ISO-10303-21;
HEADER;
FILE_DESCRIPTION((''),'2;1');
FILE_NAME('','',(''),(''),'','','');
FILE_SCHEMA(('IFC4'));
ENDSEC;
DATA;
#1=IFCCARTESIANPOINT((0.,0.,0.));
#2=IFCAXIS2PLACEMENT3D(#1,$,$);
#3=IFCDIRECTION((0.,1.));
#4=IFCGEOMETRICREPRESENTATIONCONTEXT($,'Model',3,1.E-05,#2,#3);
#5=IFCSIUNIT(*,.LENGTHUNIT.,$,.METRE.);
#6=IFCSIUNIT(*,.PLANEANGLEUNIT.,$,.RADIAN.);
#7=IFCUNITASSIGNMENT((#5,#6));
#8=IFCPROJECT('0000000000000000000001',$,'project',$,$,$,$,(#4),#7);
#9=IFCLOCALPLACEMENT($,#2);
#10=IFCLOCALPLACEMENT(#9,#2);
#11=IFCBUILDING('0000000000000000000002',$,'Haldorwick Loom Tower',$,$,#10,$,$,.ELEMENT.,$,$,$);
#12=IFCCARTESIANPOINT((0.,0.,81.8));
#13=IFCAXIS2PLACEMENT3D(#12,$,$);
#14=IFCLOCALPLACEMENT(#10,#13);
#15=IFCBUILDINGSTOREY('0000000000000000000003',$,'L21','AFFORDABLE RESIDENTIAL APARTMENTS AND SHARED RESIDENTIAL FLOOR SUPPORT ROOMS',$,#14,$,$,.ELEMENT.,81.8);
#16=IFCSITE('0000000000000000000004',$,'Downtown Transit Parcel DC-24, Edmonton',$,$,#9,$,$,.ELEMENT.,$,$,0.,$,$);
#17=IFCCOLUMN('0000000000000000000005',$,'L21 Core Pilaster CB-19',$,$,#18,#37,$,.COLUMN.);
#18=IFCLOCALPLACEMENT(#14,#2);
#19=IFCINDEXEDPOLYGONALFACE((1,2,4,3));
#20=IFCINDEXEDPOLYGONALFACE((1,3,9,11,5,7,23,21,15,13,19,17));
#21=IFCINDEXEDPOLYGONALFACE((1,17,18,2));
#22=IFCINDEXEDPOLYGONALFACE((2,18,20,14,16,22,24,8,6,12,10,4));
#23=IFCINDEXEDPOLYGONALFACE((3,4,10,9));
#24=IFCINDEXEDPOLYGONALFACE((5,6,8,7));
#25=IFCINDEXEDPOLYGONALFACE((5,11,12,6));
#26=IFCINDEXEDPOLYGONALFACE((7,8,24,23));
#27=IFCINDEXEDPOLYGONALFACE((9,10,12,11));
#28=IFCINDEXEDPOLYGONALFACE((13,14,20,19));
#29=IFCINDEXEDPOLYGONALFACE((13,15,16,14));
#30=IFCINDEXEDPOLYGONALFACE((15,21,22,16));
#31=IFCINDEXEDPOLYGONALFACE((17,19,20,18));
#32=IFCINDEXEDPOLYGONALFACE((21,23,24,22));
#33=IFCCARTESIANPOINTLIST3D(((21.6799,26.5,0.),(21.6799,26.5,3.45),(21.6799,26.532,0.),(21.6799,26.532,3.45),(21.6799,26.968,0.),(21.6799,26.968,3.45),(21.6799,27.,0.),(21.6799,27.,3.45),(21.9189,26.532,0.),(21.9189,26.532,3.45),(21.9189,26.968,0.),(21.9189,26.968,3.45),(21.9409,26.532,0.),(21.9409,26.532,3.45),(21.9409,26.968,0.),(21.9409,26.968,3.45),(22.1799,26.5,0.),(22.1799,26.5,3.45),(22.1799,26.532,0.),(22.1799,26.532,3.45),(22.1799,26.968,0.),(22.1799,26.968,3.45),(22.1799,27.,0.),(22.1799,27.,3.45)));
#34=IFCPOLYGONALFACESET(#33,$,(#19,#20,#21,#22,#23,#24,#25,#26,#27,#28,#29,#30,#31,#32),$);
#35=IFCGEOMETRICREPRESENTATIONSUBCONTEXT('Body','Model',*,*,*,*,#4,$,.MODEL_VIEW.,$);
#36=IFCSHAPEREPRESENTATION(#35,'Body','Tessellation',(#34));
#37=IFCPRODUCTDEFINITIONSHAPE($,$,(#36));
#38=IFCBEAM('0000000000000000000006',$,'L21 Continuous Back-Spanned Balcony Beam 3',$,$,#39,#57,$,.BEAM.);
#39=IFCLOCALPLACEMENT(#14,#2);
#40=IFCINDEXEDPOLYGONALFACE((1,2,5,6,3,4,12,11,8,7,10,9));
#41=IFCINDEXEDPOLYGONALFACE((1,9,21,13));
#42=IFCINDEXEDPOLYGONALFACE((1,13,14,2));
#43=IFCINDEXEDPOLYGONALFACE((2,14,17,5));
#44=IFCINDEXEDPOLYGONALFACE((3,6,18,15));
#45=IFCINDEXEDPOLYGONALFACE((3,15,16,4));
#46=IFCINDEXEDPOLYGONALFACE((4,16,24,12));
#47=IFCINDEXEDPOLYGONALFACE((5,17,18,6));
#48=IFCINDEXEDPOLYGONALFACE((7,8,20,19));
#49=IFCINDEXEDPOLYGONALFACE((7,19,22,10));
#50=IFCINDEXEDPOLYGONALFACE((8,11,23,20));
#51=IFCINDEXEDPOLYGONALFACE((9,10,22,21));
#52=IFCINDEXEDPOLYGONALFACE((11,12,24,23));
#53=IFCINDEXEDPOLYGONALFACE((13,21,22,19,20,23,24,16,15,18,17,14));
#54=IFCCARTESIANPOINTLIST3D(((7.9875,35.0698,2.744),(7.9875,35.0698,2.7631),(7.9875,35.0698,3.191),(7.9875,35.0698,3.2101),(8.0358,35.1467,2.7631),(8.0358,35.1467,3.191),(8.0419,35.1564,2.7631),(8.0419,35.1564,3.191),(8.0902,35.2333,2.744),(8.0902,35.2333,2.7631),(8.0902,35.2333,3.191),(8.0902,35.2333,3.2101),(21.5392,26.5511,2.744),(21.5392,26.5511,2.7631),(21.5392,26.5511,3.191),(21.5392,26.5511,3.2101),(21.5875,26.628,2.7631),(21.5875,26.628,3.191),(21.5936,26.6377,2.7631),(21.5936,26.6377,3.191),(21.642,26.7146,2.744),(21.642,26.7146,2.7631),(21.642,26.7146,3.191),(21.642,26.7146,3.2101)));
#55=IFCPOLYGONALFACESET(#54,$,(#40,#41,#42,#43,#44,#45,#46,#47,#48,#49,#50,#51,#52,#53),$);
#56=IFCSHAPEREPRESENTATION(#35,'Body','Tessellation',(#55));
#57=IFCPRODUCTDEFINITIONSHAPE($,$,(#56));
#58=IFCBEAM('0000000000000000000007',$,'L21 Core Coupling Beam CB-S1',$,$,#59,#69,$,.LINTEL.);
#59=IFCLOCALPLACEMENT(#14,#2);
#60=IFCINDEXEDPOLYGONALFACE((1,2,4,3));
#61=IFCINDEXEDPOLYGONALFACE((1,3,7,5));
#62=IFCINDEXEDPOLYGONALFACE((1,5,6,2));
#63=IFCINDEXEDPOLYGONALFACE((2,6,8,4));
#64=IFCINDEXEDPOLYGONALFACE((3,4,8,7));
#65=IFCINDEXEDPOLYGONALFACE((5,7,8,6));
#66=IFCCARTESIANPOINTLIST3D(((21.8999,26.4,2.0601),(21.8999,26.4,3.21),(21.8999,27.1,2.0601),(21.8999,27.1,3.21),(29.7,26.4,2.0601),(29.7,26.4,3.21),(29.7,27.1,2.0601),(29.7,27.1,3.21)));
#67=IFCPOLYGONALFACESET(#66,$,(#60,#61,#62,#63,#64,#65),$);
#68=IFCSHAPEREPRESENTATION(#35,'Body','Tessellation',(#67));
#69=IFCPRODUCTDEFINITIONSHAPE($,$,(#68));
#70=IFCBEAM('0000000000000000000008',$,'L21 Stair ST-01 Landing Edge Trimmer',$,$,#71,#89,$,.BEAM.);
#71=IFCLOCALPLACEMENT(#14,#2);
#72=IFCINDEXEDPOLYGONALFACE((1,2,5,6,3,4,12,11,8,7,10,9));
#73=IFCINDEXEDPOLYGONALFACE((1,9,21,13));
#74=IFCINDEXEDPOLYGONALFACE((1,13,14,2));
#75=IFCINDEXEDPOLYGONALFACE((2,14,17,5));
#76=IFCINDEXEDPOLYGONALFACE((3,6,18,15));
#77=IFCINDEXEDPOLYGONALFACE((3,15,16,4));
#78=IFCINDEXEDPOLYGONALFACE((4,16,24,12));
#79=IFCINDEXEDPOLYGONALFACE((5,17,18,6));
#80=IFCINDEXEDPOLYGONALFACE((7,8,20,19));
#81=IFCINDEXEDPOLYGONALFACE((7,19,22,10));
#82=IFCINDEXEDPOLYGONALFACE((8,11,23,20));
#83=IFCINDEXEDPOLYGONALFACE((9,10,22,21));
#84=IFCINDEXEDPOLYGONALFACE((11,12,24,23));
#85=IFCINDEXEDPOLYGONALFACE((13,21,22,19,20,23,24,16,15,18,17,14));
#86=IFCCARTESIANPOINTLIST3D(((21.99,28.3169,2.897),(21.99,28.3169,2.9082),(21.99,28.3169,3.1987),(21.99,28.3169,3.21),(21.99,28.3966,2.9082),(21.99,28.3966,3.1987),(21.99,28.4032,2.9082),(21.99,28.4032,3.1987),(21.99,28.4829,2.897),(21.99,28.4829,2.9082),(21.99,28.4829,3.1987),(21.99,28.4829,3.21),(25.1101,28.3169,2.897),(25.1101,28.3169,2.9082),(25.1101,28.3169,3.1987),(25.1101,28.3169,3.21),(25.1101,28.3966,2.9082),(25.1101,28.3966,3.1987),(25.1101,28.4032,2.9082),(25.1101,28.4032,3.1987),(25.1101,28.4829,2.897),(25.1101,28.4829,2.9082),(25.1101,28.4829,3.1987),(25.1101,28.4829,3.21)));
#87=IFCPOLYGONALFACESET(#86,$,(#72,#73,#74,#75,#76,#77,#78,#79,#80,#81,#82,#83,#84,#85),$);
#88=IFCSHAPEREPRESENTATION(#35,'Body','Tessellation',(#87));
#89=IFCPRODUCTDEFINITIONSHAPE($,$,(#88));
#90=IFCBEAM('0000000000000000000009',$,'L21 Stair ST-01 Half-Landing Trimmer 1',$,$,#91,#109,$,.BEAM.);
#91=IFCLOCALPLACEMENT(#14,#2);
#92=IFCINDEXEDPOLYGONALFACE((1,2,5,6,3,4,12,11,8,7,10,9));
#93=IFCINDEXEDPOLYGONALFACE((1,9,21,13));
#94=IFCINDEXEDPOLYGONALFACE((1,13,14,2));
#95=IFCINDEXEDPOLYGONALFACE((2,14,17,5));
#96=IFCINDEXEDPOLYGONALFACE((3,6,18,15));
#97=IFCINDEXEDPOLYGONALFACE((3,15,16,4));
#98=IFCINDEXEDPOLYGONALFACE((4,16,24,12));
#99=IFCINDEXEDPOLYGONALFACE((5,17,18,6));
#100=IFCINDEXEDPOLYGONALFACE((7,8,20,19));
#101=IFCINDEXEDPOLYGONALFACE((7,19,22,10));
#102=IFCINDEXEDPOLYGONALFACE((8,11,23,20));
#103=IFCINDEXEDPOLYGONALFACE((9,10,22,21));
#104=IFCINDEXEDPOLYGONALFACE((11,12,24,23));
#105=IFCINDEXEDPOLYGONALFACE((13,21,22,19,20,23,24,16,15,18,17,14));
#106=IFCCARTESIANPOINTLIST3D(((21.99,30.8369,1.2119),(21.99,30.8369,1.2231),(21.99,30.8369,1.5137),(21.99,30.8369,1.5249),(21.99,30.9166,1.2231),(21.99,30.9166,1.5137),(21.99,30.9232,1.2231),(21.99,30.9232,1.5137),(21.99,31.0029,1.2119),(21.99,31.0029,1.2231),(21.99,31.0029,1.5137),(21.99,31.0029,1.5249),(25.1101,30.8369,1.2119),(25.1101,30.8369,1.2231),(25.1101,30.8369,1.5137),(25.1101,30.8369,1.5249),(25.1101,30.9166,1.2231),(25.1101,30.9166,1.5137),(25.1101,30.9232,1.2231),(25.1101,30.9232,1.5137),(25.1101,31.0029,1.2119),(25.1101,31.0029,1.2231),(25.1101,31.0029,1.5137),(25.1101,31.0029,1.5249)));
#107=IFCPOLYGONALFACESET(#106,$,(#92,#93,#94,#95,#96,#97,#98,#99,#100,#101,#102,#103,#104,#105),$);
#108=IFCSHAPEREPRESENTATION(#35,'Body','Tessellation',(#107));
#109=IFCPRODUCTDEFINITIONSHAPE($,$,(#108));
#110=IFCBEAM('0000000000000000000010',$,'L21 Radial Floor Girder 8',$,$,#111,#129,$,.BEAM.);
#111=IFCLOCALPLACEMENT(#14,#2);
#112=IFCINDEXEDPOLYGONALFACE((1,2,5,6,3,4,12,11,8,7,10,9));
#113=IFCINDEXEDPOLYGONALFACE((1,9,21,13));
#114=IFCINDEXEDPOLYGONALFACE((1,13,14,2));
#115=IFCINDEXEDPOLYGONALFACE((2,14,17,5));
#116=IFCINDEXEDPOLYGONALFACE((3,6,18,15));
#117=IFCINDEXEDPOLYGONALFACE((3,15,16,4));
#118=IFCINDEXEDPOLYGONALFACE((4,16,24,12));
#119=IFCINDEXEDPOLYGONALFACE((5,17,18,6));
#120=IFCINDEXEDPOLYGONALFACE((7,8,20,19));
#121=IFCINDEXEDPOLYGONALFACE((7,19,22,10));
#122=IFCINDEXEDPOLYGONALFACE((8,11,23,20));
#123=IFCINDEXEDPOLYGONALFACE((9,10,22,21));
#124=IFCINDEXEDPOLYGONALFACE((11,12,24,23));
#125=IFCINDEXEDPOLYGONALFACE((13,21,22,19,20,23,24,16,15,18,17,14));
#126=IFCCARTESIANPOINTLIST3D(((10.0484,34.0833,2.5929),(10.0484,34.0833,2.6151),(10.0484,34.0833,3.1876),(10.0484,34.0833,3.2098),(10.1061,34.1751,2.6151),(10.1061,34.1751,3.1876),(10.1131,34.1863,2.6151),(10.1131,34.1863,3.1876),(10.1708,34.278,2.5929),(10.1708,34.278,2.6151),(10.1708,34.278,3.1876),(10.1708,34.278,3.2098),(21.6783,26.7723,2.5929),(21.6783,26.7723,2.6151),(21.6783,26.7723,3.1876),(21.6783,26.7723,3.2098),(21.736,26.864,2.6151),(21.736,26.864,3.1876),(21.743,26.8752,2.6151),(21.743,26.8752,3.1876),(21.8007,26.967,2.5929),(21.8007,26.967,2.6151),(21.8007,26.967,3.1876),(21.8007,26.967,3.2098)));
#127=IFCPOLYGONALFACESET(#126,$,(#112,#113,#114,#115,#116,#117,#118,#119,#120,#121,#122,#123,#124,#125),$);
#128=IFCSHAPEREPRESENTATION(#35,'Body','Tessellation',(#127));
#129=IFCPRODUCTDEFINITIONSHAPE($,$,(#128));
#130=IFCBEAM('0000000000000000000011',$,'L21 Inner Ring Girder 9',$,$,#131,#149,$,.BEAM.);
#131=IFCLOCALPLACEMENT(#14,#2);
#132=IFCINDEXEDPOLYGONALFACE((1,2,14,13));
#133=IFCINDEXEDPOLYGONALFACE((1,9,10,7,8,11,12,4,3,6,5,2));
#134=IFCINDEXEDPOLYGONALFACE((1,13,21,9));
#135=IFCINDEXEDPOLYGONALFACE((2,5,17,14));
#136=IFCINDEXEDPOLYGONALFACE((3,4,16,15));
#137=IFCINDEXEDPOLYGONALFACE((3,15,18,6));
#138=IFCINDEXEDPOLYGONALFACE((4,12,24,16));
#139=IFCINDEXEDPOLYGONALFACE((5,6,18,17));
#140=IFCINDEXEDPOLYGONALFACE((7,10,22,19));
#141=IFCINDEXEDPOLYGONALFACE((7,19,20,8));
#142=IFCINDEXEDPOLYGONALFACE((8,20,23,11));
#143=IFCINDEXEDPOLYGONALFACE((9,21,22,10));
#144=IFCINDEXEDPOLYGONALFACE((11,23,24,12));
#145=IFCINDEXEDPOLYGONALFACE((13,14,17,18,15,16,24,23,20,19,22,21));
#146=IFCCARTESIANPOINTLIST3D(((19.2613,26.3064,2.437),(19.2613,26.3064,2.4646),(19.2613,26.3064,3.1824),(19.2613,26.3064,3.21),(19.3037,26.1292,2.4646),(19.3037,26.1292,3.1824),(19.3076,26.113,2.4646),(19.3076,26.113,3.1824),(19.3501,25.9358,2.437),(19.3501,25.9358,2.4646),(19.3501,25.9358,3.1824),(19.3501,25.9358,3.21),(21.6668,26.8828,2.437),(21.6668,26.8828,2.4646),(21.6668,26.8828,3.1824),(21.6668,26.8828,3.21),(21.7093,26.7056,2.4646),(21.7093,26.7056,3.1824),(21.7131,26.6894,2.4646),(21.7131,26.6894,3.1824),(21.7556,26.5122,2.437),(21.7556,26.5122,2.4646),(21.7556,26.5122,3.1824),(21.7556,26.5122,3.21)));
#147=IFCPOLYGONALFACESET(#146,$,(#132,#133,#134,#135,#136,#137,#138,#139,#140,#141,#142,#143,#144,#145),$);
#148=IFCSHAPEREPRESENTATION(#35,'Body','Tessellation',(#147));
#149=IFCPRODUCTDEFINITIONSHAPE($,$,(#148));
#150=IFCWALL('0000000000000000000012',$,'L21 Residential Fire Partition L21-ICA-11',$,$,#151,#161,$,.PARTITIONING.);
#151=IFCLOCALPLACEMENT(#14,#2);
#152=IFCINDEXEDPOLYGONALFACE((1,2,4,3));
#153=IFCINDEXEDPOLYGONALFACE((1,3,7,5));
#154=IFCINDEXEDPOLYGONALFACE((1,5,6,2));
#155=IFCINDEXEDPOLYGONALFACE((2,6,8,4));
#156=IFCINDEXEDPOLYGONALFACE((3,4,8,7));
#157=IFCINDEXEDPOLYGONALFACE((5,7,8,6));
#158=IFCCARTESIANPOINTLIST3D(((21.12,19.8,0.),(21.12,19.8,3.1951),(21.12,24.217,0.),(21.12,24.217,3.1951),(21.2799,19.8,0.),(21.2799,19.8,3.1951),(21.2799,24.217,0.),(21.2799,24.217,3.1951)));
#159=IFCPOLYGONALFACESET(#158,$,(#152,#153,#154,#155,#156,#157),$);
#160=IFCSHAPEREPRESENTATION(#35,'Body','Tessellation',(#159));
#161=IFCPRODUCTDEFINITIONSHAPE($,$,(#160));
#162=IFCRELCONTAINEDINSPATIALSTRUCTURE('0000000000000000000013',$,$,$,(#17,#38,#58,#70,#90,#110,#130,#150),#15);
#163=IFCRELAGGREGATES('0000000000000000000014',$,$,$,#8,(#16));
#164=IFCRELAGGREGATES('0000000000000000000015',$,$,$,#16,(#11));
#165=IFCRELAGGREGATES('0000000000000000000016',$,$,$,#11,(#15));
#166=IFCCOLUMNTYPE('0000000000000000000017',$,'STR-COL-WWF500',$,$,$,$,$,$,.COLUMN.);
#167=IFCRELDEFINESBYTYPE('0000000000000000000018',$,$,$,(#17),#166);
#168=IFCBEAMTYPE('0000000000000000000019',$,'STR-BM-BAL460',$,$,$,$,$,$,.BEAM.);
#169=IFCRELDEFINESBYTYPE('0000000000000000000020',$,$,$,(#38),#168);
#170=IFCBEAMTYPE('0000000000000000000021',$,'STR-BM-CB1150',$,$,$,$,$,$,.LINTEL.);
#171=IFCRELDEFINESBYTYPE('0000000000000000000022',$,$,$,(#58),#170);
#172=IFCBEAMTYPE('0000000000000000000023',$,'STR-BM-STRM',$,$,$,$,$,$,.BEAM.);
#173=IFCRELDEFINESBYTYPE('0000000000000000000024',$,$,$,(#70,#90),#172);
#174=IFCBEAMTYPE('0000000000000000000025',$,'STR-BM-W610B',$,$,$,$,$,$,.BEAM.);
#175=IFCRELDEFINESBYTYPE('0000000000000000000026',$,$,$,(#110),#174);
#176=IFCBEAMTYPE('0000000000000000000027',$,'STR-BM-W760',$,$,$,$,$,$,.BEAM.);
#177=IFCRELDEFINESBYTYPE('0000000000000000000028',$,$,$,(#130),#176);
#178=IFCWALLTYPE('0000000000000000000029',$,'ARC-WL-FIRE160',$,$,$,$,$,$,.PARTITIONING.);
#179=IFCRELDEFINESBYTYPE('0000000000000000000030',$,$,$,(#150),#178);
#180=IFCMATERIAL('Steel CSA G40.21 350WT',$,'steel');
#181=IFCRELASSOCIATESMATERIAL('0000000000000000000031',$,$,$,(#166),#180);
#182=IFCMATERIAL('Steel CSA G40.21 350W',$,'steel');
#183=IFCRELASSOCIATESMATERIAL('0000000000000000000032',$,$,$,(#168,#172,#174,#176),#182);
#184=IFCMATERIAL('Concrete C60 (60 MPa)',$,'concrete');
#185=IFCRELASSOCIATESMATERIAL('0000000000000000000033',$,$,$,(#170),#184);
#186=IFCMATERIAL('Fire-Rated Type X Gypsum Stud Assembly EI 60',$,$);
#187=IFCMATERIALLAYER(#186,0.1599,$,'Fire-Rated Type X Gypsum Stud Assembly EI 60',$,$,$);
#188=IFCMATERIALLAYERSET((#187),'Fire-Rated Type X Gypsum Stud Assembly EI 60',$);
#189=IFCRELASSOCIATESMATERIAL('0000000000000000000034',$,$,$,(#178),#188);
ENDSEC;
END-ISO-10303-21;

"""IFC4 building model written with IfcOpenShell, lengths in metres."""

from ifc_helpers import new_model, si_unit, direction, frame, frame_2d, origin, origin_2d, place, context, subcontext, project, spatial, rectangle, i_section, extrude, material, layer, layer_set, material_profile, profile_set, type_object, element, save


model = new_model("IFC4")

# Units and contexts
model_context = context("Model", 3, precision=1e-05, world=origin(), true_north=direction((0.0, 1.0)))
body_context = subcontext(model_context, "Body", "Model", "MODEL_VIEW")
ifc_project = project(units=[si_unit("LENGTHUNIT", "METRE"), si_unit("PLANEANGLEUNIT", "RADIAN")], contexts=[model_context])

# Site, building, storey
site_placement = place(None, origin())
site = spatial("IfcSite", under=ifc_project, at=site_placement, Name="Downtown Transit Parcel DC-24, Edmonton", CompositionType="ELEMENT", RefElevation=0.0)
building_placement = place(site_placement, origin())
building = spatial("IfcBuilding", under=site, at=building_placement, Name="Haldorwick Loom Tower", CompositionType="ELEMENT")
storey_placement = place(building_placement, frame((0.0, 0.0, 81.8)))
storey = spatial("IfcBuildingStorey", under=building, at=storey_placement, Name="L21", Description="AFFORDABLE RESIDENTIAL APARTMENTS AND SHARED RESIDENTIAL FLOOR SUPPORT ROOMS", CompositionType="ELEMENT", Elevation=81.8)

# Column
ifc_material_1 = material(Name="Steel CSA G40.21 350WT", Category="steel")
ifc_material_profile_1 = material_profile(ifc_material_1, i_section(OverallWidth=0.5, OverallDepth=0.5, WebThickness=0.022, FlangeThickness=0.032, at=origin_2d()), Name="WWF500X500", Category="steel")
ifc_profile_set_1 = profile_set([ifc_material_profile_1], Name="Steel CSA G40.21 350WT")
column_type = type_object("IfcColumnType", Name="STR-COL-WWF500", PredefinedType="COLUMN", material=ifc_profile_set_1)
column_placement = place(storey_placement, frame((21.9299, 26.75, 0.0), z_axis=(0.0, 0.0, 1.0), x_axis=(1.0, 0.0, 0.0)))
element("IfcColumn", 1, at=column_placement, inside=storey, type_object=column_type, Name="L21 Core Pilaster CB-19", PredefinedType="COLUMN", context=body_context, shape_type="SweptSolid", body=[
    extrude(i_section(OverallWidth=0.5, OverallDepth=0.5, WebThickness=0.022, FlangeThickness=0.032, at=origin_2d()), origin(), (0.0, 0.0, 1.0), 3.45),
])

# Beams
ifc_material_2 = material(Name="Steel CSA G40.21 350W", Category="steel")
ifc_material_profile_2 = material_profile(ifc_material_2, i_section(OverallWidth=0.1931, OverallDepth=0.4661, WebThickness=0.0115, FlangeThickness=0.019, at=origin_2d()), Name="W460X97", Category="steel")
ifc_profile_set_2 = profile_set([ifc_material_profile_2], Name="Steel CSA G40.21 350W")
beam_type_1 = type_object("IfcBeamType", Name="STR-BM-BAL460", PredefinedType="BEAM", material=ifc_profile_set_2)
beam_1_placement = place(storey_placement, frame((21.5906, 26.6328, 2.9771), z_axis=(-0.846621, 0.532196, 0.0), x_axis=(-0.532196, -0.846621, 0.0)))
element("IfcBeam", 2, at=beam_1_placement, inside=storey, type_object=beam_type_1, Name="L21 Continuous Back-Spanned Balcony Beam 3", PredefinedType="BEAM", context=body_context, shape_type="SweptSolid", body=[
    extrude(i_section(OverallWidth=0.1931, OverallDepth=0.4661, WebThickness=0.0115, FlangeThickness=0.019, at=origin_2d()), origin(), (0.0, 0.0, 1.0), 16.0068),
])
ifc_material_3 = material(Name="Concrete C60 (60 MPa)", Category="concrete")
ifc_material_profile_3 = material_profile(ifc_material_3, rectangle(XDim=0.7, YDim=1.1499, at=origin_2d()), Name="RC700X1150", Category="concrete")
ifc_profile_set_3 = profile_set([ifc_material_profile_3], Name="Concrete C60 (60 MPa)")
beam_type_2 = type_object("IfcBeamType", Name="STR-BM-CB1150", PredefinedType="LINTEL", material=ifc_profile_set_3)
beam_2_placement = place(storey_placement, frame((21.8999, 26.75, 2.635), z_axis=(1.0, 0.0, 0.0), x_axis=(0.0, 1.0, 0.0)))
element("IfcBeam", 3, at=beam_2_placement, inside=storey, type_object=beam_type_2, Name="L21 Core Coupling Beam CB-S1", PredefinedType="LINTEL", context=body_context, shape_type="SweptSolid", body=[
    extrude(rectangle(XDim=0.7, YDim=1.1499, at=origin_2d()), origin(), (0.0, 0.0, 1.0), 7.8),
])
ifc_material_profile_4 = material_profile(ifc_material_2, i_section(OverallWidth=0.166, OverallDepth=0.313, WebThickness=0.0066, FlangeThickness=0.0112, at=origin_2d()), Name="W310X45", Category="steel")
ifc_profile_set_4 = profile_set([ifc_material_profile_4], Name="Steel CSA G40.21 350W")
beam_type_3 = type_object("IfcBeamType", Name="STR-BM-STRM", PredefinedType="BEAM", material=ifc_profile_set_4)
for number, where, z_axis, x_axis, name in (
    (4, (21.99, 28.3999, 3.0535), (1.0, 0.0, 0.0), (0.0, 1.0, 0.0), "L21 Stair ST-01 Landing Edge Trimmer"),
    (5, (21.99, 30.9199, 1.3684), (1.0, 0.0, 0.0), (0.0, 1.0, 0.0), "L21 Stair ST-01 Half-Landing Trimmer 1"),
):
    element("IfcBeam", number, at=place(storey_placement, frame(where, z_axis=z_axis, x_axis=x_axis)), inside=storey, type_object=beam_type_3, Name=name, PredefinedType="BEAM", context=body_context, shape_type="SweptSolid", body=[
        extrude(i_section(OverallWidth=0.166, OverallDepth=0.313, WebThickness=0.0066, FlangeThickness=0.0112, at=origin_2d()), origin(), (0.0, 0.0, 1.0), 3.1201),
    ])
ifc_material_profile_5 = material_profile(ifc_material_2, i_section(OverallWidth=0.23, OverallDepth=0.6169, WebThickness=0.0132, FlangeThickness=0.0222, at=origin_2d()), Name="W610X140", Category="steel")
ifc_profile_set_5 = profile_set([ifc_material_profile_5], Name="Steel CSA G40.21 350W")
beam_type_4 = type_object("IfcBeamType", Name="STR-BM-W610B", PredefinedType="BEAM", material=ifc_profile_set_5)
beam_3_placement = place(storey_placement, frame((21.7395, 26.8696, 2.9014), z_axis=(-0.84661, 0.532214, 0.0), x_axis=(-0.532214, -0.84661, 0.0)))
element("IfcBeam", 6, at=beam_3_placement, inside=storey, type_object=beam_type_4, Name="L21 Radial Floor Girder 8", PredefinedType="BEAM", context=body_context, shape_type="SweptSolid", body=[
    extrude(i_section(OverallWidth=0.23, OverallDepth=0.6169, WebThickness=0.0132, FlangeThickness=0.0222, at=origin_2d()), origin(), (0.0, 0.0, 1.0), 13.7371),
])
ifc_material_profile_6 = material_profile(ifc_material_2, i_section(OverallWidth=0.3811, OverallDepth=0.7729, WebThickness=0.0166, FlangeThickness=0.0276, at=origin_2d()), Name="W760X257", Category="steel")
ifc_profile_set_6 = profile_set([ifc_material_profile_6], Name="Steel CSA G40.21 350W")
beam_type_5 = type_object("IfcBeamType", Name="STR-BM-W760", PredefinedType="BEAM", material=ifc_profile_set_6)
beam_4_placement = place(storey_placement, frame((19.3057, 26.1211, 2.8235), z_axis=(0.972471, 0.233026, 0.0), x_axis=(-0.233026, 0.972471, 0.0)))
element("IfcBeam", 7, at=beam_4_placement, inside=storey, type_object=beam_type_5, Name="L21 Inner Ring Girder 9", PredefinedType="BEAM", context=body_context, shape_type="SweptSolid", body=[
    extrude(i_section(OverallWidth=0.3811, OverallDepth=0.7729, WebThickness=0.0166, FlangeThickness=0.0276, at=origin_2d()), origin(), (0.0, 0.0, 1.0), 2.4736),
])

# Wall
ifc_material_4 = material(Name="Fire-Rated Type X Gypsum Stud Assembly EI 60")
ifc_layer_1 = layer(ifc_material_4, 0.1599, Name="Fire-Rated Type X Gypsum Stud Assembly EI 60")
ifc_layer_set_1 = layer_set([ifc_layer_1], Name="Fire-Rated Type X Gypsum Stud Assembly EI 60")
wall_type_1 = type_object("IfcWallType", Name="ARC-WL-FIRE160", PredefinedType="PARTITIONING", material=ifc_layer_set_1)
wall_1_placement = place(storey_placement, frame((21.2, 24.217, 0.0), z_axis=(0.0, 0.0, 1.0), x_axis=(0.0, -1.0, 0.0)))
element("IfcWall", 8, at=wall_1_placement, inside=storey, type_object=wall_type_1, Name="L21 Residential Fire Partition L21-ICA-11", PredefinedType="PARTITIONING", context=body_context, shape_type="SweptSolid", body=[
    extrude(rectangle(XDim=4.417, YDim=0.1599, at=frame_2d((2.2085, 0.0))), origin(), (0.0, 0.0, 1.0), 3.1951),
])

save(model, "model.ifc")
